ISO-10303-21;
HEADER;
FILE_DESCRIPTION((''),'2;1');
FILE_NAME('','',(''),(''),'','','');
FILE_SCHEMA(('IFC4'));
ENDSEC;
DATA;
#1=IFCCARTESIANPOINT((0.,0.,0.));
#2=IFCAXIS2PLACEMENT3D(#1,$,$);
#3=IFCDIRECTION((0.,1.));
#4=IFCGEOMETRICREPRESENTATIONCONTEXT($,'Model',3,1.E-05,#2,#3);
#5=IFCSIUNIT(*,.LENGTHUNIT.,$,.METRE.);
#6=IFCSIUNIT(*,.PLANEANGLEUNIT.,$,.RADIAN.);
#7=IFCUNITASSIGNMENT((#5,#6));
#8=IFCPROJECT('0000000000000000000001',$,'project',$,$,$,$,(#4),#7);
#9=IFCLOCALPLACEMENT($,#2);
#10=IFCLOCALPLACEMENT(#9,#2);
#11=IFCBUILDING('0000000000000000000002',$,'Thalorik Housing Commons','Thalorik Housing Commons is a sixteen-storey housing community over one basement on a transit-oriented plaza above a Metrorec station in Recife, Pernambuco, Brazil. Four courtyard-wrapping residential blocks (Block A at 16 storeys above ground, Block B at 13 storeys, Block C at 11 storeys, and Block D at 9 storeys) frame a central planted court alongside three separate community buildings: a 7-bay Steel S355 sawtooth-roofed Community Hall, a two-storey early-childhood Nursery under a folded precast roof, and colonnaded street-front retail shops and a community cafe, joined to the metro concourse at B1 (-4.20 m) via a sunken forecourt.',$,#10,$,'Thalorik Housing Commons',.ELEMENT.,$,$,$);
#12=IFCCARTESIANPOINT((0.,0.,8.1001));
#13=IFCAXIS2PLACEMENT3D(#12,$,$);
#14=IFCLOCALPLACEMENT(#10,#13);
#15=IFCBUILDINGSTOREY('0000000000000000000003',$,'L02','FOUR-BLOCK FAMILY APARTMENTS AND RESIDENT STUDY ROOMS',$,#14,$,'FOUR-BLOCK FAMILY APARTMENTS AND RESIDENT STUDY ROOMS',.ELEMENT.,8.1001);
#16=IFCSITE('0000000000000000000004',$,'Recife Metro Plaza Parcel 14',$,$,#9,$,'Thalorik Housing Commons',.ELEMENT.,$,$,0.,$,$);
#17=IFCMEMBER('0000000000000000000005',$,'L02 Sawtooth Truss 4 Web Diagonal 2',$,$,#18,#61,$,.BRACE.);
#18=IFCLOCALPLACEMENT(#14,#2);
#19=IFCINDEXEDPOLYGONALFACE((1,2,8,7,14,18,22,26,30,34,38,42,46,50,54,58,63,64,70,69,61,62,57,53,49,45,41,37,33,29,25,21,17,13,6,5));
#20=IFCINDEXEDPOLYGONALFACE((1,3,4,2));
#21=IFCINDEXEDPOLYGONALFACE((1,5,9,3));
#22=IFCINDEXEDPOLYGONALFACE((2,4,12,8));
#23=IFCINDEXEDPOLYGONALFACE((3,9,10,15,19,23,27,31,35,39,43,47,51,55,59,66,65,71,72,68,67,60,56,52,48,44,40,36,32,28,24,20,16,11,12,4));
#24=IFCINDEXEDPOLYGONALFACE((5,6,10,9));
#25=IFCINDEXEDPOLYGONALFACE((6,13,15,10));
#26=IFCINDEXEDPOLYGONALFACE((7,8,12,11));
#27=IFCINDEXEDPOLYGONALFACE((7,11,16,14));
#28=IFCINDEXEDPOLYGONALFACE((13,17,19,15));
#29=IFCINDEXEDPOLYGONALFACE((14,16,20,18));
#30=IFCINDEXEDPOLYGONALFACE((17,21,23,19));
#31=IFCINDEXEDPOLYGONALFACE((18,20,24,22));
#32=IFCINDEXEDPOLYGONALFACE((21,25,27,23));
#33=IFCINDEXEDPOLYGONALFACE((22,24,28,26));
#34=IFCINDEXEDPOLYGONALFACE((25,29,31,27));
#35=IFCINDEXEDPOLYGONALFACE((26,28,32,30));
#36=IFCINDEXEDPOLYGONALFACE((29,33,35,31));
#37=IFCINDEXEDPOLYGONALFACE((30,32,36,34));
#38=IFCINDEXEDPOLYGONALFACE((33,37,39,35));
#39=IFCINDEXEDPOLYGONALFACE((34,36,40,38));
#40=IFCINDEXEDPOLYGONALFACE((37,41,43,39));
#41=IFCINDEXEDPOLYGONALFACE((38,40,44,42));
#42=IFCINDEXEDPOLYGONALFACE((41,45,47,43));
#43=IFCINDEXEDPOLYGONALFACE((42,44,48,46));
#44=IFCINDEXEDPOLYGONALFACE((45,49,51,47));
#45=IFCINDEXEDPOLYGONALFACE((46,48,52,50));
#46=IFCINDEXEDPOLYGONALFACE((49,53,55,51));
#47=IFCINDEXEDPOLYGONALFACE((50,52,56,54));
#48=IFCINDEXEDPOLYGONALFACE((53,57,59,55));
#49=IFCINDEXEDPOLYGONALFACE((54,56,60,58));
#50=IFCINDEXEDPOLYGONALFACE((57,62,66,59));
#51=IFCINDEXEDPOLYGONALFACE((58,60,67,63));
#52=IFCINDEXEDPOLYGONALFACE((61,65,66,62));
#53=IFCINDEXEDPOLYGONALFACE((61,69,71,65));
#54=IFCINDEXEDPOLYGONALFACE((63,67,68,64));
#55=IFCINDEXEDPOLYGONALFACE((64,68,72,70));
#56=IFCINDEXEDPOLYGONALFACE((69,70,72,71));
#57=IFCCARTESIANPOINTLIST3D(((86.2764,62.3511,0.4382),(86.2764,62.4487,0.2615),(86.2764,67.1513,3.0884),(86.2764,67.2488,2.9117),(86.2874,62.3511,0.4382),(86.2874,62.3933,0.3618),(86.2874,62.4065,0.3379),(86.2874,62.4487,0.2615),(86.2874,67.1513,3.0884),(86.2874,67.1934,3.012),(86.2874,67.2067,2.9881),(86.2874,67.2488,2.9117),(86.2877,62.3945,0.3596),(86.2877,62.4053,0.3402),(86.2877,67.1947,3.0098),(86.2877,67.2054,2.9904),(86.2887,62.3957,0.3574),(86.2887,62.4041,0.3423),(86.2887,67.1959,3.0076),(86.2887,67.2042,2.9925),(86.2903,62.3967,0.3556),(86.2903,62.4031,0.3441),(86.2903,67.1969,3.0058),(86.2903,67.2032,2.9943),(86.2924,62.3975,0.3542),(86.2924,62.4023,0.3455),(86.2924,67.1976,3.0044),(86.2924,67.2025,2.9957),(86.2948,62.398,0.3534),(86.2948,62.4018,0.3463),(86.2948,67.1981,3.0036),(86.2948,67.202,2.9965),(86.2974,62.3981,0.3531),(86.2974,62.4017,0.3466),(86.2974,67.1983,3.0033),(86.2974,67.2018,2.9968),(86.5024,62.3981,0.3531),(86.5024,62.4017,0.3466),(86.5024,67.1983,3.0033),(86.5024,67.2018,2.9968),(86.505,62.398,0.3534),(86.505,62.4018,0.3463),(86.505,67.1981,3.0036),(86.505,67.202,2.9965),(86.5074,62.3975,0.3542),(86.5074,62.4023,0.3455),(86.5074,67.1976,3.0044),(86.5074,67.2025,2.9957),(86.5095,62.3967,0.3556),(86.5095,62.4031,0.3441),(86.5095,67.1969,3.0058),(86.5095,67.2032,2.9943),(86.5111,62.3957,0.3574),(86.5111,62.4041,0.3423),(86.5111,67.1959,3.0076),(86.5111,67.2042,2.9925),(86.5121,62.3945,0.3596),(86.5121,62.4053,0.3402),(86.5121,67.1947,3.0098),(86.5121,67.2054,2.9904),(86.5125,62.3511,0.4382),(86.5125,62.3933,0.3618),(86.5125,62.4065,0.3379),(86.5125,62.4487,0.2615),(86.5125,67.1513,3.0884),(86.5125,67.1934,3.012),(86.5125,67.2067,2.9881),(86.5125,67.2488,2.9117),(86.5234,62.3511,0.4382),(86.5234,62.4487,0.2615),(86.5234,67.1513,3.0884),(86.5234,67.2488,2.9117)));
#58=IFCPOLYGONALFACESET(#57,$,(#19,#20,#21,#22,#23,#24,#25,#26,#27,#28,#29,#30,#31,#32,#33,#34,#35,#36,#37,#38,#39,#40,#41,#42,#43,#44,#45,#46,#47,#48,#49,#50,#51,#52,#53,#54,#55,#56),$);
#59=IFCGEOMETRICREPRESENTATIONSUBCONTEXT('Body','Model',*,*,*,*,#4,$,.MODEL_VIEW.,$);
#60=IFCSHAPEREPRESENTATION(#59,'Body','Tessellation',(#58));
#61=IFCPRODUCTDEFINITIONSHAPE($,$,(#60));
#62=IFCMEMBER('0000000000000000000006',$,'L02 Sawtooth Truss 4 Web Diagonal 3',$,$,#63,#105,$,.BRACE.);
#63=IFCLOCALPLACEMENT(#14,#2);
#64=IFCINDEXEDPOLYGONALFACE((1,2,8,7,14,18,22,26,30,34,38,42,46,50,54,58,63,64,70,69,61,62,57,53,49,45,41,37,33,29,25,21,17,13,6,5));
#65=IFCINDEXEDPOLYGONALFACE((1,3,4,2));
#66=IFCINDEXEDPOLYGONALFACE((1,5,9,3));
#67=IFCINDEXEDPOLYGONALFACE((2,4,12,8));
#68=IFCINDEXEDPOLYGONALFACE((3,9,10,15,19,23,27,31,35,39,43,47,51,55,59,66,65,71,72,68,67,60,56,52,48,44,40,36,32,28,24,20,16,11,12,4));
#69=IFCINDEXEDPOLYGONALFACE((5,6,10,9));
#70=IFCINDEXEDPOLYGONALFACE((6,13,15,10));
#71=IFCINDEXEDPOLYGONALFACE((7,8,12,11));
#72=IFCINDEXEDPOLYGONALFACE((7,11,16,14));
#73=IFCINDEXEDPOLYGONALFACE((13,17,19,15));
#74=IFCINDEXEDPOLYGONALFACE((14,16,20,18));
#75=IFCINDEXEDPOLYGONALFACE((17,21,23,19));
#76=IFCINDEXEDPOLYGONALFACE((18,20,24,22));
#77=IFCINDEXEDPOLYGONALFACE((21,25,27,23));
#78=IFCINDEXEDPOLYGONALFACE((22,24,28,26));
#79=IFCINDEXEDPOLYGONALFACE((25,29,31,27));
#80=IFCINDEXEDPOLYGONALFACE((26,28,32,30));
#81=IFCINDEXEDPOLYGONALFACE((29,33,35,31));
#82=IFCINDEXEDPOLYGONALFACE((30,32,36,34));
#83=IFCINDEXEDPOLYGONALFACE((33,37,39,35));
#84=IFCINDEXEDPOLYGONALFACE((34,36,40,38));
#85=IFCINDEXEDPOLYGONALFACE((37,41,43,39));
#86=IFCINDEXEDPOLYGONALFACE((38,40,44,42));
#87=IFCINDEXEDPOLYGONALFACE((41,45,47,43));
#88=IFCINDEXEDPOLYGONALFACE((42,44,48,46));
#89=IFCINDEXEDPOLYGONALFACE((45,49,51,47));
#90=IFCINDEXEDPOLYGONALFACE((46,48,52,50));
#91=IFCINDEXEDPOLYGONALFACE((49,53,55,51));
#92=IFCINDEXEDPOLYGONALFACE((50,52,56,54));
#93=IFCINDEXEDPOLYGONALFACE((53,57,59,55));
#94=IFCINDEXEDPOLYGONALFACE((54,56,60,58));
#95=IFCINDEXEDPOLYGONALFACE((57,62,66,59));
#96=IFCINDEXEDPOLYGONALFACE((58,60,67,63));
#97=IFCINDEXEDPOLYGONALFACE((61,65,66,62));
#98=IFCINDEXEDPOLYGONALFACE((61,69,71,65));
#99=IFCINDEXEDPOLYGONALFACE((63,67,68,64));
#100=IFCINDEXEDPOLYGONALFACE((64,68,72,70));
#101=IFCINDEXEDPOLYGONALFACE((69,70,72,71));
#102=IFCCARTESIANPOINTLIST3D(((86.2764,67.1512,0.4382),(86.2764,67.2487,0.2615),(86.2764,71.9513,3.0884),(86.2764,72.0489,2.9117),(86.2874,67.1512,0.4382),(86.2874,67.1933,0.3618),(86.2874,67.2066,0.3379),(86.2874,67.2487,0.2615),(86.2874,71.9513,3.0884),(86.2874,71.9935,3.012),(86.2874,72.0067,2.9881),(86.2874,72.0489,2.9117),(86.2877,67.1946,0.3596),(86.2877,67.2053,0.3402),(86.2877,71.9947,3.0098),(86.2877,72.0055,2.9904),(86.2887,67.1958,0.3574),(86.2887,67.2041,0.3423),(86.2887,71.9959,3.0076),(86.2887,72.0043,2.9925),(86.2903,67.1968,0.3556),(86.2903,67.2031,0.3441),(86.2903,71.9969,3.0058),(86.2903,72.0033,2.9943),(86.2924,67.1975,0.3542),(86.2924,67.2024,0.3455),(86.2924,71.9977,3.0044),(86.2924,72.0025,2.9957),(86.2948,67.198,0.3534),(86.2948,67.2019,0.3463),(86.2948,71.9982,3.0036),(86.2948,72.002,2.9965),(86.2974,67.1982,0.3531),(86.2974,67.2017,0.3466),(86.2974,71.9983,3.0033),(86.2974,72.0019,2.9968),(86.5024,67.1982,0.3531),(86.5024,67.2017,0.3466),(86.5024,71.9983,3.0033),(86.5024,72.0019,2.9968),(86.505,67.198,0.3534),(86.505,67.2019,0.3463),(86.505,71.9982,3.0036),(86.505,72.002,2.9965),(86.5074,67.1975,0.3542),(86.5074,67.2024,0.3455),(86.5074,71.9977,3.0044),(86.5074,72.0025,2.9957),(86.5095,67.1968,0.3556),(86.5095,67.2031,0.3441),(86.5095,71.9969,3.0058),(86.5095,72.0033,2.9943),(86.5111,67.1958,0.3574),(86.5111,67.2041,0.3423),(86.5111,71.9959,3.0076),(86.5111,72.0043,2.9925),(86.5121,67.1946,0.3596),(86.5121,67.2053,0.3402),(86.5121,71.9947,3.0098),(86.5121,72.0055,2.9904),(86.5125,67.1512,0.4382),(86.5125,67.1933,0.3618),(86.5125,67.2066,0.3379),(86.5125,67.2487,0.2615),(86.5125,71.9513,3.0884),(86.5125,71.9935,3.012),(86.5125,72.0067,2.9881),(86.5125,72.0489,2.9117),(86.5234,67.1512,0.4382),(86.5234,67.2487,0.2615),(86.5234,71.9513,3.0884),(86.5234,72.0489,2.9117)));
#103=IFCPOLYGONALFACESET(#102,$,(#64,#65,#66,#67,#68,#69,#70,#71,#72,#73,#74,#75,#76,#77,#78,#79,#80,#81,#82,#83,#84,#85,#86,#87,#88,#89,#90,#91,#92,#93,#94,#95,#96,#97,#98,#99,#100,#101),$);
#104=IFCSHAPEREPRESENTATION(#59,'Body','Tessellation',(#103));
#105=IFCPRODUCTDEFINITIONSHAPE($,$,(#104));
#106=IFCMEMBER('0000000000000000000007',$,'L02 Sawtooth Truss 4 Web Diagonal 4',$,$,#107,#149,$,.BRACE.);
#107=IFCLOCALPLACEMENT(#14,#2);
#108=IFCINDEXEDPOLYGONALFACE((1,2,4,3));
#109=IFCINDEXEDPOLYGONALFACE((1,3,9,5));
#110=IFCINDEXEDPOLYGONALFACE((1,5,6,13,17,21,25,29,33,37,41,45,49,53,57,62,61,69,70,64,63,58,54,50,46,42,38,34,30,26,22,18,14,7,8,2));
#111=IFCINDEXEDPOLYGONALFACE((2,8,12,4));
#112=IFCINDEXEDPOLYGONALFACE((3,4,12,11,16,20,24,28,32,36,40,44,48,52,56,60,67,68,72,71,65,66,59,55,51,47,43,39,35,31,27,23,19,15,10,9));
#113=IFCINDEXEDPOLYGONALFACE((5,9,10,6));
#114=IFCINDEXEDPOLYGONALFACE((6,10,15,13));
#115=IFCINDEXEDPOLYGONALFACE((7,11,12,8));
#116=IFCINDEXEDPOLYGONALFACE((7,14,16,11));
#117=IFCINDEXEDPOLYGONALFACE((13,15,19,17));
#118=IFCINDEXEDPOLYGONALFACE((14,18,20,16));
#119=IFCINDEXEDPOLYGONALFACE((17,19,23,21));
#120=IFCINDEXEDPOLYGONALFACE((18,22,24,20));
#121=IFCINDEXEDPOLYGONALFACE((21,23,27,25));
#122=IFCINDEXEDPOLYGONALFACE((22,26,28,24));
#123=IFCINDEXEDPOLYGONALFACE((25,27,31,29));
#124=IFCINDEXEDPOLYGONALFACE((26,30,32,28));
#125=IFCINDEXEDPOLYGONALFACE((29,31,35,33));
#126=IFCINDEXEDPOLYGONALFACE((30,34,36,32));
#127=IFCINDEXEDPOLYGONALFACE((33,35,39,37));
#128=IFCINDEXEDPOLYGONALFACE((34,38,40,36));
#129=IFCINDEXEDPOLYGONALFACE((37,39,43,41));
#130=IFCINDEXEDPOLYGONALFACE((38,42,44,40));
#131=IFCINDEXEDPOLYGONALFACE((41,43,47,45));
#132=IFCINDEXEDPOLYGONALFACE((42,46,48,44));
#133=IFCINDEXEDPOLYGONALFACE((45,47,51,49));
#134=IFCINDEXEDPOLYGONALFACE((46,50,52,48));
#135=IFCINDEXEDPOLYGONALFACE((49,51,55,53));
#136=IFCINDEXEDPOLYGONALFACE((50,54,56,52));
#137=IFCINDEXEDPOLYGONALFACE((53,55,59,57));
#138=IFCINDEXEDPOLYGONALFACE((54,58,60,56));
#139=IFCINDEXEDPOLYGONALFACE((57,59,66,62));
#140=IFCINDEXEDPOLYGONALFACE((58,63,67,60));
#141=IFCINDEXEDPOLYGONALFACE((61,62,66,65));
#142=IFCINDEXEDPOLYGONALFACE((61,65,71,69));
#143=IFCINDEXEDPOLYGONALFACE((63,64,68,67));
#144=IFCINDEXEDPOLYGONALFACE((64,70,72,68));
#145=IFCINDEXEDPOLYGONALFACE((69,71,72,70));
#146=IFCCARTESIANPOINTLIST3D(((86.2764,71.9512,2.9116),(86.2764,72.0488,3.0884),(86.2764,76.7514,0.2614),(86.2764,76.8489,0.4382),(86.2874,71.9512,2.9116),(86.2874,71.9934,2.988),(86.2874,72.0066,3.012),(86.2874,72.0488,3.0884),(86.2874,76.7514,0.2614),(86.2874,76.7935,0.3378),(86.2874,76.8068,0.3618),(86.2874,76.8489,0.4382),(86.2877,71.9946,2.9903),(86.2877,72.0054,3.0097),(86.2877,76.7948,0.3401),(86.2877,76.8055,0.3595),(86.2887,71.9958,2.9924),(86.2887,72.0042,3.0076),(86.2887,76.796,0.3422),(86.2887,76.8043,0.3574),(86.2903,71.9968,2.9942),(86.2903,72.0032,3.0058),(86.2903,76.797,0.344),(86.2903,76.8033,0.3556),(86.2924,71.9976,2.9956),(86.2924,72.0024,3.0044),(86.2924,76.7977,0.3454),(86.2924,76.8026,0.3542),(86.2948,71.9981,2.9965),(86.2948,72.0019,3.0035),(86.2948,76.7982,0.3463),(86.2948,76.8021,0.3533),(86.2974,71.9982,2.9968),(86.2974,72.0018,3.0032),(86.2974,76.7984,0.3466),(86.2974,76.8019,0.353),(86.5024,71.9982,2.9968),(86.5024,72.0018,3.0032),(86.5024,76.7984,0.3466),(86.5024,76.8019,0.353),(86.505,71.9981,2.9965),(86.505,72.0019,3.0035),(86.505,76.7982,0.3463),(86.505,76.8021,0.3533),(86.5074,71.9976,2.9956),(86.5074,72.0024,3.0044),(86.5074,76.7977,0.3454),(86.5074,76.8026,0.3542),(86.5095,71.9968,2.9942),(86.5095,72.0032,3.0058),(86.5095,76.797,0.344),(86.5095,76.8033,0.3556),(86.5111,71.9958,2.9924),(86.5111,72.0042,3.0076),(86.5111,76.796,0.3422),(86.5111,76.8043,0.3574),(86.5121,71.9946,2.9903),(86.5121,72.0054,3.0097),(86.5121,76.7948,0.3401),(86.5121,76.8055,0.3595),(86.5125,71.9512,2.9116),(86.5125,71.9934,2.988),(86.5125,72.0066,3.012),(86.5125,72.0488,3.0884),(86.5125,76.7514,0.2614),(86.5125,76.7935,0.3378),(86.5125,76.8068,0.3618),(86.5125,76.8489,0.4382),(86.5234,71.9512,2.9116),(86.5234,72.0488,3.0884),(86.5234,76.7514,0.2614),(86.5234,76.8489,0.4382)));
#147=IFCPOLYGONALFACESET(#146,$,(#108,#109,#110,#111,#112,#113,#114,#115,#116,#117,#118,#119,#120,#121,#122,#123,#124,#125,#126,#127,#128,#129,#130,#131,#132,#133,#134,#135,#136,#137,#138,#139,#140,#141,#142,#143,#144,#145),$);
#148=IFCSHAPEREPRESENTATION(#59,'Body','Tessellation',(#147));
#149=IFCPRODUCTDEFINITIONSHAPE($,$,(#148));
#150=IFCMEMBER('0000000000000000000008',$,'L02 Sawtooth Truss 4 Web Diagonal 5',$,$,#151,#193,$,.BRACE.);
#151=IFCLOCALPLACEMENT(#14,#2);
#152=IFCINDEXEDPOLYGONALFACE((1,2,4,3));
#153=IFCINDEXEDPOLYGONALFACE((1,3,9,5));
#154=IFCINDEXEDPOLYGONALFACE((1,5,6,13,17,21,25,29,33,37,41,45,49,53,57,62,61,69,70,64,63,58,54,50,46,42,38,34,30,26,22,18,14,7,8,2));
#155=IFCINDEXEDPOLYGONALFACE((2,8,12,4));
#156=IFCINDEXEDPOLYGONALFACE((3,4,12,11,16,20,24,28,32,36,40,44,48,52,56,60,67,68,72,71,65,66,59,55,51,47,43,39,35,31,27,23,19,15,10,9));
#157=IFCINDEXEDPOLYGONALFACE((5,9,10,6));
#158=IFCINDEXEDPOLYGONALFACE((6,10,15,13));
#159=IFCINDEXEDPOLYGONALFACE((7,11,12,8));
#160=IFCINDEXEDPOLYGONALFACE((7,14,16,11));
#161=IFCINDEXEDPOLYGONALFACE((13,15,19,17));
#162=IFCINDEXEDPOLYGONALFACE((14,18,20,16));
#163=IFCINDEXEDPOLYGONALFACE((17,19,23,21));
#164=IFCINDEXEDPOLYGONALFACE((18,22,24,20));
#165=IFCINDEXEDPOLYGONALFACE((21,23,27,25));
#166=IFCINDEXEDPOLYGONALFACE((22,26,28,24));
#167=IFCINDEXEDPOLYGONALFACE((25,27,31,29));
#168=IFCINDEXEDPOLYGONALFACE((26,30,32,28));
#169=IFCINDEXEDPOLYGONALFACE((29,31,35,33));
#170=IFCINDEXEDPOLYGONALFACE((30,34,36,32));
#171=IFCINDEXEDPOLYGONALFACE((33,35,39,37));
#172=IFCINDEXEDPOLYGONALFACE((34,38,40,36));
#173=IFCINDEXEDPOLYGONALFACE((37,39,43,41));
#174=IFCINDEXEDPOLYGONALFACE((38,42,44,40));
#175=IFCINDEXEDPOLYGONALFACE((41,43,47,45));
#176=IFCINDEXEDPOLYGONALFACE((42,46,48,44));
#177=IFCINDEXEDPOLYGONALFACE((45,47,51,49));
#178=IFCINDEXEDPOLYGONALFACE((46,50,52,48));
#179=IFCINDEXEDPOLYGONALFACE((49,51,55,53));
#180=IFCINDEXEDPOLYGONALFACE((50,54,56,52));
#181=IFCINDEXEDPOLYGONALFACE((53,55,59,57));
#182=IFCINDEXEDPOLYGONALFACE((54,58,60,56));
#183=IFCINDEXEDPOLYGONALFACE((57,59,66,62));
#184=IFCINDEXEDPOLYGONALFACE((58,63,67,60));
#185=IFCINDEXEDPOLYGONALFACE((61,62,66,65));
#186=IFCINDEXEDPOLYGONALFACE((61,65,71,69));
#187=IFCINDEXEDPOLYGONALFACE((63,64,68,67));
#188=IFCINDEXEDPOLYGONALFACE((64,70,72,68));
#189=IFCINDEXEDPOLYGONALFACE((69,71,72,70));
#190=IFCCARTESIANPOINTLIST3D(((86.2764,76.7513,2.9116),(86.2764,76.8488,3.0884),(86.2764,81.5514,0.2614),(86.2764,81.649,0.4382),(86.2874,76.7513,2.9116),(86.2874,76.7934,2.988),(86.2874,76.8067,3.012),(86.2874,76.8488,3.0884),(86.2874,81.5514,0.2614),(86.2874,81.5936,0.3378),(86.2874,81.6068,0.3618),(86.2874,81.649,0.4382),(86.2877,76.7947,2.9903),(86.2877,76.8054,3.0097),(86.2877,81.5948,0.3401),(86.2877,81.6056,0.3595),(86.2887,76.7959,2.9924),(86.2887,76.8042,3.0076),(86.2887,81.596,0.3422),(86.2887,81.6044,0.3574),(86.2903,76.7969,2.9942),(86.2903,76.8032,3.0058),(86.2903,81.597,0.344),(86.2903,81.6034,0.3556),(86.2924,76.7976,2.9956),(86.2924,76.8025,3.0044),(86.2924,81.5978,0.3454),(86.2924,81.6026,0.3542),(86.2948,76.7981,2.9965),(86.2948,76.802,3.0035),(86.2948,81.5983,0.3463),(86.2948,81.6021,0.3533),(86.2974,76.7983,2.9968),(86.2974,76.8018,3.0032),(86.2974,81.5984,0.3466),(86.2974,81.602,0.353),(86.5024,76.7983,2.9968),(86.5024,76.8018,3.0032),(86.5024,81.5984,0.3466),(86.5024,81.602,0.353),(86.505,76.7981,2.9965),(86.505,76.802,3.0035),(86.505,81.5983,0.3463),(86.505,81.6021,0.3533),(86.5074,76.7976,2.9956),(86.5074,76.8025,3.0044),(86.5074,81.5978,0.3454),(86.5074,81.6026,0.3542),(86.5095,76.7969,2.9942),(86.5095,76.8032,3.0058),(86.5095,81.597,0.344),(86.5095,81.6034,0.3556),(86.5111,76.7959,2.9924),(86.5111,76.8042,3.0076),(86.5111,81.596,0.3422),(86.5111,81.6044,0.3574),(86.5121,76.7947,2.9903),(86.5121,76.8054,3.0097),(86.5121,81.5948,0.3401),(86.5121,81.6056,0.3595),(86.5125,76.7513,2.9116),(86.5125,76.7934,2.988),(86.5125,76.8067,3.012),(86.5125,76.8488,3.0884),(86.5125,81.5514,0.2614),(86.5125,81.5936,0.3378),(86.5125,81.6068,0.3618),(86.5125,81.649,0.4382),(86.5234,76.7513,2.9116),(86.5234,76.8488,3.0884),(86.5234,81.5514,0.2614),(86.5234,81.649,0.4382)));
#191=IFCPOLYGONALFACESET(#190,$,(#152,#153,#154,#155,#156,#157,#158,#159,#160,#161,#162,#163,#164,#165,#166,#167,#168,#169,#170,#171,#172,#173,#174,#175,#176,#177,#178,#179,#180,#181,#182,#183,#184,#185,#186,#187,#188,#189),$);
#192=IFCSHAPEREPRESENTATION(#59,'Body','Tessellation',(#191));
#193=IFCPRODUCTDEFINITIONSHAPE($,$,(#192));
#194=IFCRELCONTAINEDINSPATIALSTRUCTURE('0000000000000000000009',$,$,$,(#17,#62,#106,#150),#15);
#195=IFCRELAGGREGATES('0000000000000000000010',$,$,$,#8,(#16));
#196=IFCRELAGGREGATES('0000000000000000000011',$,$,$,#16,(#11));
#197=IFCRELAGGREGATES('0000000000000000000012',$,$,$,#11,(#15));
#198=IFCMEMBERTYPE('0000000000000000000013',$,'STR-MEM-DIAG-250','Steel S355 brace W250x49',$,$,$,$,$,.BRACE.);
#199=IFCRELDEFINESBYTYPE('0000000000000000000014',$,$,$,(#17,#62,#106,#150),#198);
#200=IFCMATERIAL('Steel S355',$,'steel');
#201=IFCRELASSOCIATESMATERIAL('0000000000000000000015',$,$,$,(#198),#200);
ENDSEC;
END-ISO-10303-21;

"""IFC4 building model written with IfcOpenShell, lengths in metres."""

from ifc_helpers import new_model, si_unit, direction, frame, origin, origin_2d, place, context, subcontext, project, spatial, i_section, extrude, material, material_profile, profile_set, type_object, element, save


model = new_model("IFC4")

# Units and contexts
model_context = context("Model", 3, precision=1e-05, world=origin(), true_north=direction((0.0, 1.0)))
body_context = subcontext(model_context, "Body", "Model", "MODEL_VIEW")
ifc_project = project(units=[si_unit("LENGTHUNIT", "METRE"), si_unit("PLANEANGLEUNIT", "RADIAN")], contexts=[model_context])

# Site, building, storey
site_placement = place(None, origin())
site = spatial("IfcSite", under=ifc_project, at=site_placement, Name="Recife Metro Plaza Parcel 14", LongName="Thalorik Housing Commons", CompositionType="ELEMENT", RefElevation=0.0)
building_placement = place(site_placement, origin())
building = spatial("IfcBuilding", under=site, at=building_placement, Name="Thalorik Housing Commons", Description="Thalorik Housing Commons is a sixteen-storey housing community over one basement on a transit-oriented plaza above a Metrorec station in Recife, Pernambuco, Brazil. Four courtyard-wrapping residential blocks (Block A at 16 storeys above ground, Block B at 13 storeys, Block C at 11 storeys, and Block D at 9 storeys) frame a central planted court alongside three separate community buildings: a 7-bay Steel S355 sawtooth-roofed Community Hall, a two-storey early-childhood Nursery under a folded precast roof, and colonnaded street-front retail shops and a community cafe, joined to the metro concourse at B1 (-4.20 m) via a sunken forecourt.", LongName="Thalorik Housing Commons", CompositionType="ELEMENT")
storey_placement = place(building_placement, frame((0.0, 0.0, 8.1001)))
storey = spatial("IfcBuildingStorey", under=building, at=storey_placement, Name="L02", Description="FOUR-BLOCK FAMILY APARTMENTS AND RESIDENT STUDY ROOMS", LongName="FOUR-BLOCK FAMILY APARTMENTS AND RESIDENT STUDY ROOMS", CompositionType="ELEMENT", Elevation=8.1001)

# Shared definitions
ifc_material_1 = material(Name="Steel S355", Category="steel")

# Members
ifc_material_profile_1 = material_profile(ifc_material_1, i_section(OverallWidth=0.2019, OverallDepth=0.2471, WebThickness=0.0073, FlangeThickness=0.011, FilletRadius=0.01, at=origin_2d()), Name="W250x49", Category="steel")
ifc_profile_set_1 = profile_set([ifc_material_profile_1], Name="Steel S355")
member_type_1 = type_object("IfcMemberType", Name="STR-MEM-DIAG-250", Description="Steel S355 brace W250x49", PredefinedType="BRACE", material=ifc_profile_set_1)
for number, where, z_axis, x_axis, name in (
    (1, (86.3999, 62.3999, 0.3499), (0.0, 0.875435, 0.483335), (0.0, -0.483335, 0.875435), "L02 Sawtooth Truss 4 Web Diagonal 2"),
    (2, (86.3999, 67.2, 0.3499), (0.0, 0.875435, 0.483335), (0.0, -0.483335, 0.875435), "L02 Sawtooth Truss 4 Web Diagonal 3"),
    (3, (86.3999, 72.0, 3.0), (0.0, 0.875435, -0.483335), (0.0, 0.483335, 0.875435), "L02 Sawtooth Truss 4 Web Diagonal 4"),
    (4, (86.3999, 76.8, 3.0), (0.0, 0.875435, -0.483335), (0.0, 0.483335, 0.875435), "L02 Sawtooth Truss 4 Web Diagonal 5"),
):
    element("IfcMember", number, at=place(storey_placement, frame(where, z_axis=z_axis, x_axis=x_axis)), inside=storey, type_object=member_type_1, Name=name, PredefinedType="BRACE", context=body_context, shape_type="SweptSolid", body=[
        extrude(i_section(OverallWidth=0.2019, OverallDepth=0.2471, WebThickness=0.0073, FlangeThickness=0.011, FilletRadius=0.01, at=origin_2d()), origin(), (0.0, 0.0, 1.0), 5.4832),
    ])

save(model, "model.ifc")
